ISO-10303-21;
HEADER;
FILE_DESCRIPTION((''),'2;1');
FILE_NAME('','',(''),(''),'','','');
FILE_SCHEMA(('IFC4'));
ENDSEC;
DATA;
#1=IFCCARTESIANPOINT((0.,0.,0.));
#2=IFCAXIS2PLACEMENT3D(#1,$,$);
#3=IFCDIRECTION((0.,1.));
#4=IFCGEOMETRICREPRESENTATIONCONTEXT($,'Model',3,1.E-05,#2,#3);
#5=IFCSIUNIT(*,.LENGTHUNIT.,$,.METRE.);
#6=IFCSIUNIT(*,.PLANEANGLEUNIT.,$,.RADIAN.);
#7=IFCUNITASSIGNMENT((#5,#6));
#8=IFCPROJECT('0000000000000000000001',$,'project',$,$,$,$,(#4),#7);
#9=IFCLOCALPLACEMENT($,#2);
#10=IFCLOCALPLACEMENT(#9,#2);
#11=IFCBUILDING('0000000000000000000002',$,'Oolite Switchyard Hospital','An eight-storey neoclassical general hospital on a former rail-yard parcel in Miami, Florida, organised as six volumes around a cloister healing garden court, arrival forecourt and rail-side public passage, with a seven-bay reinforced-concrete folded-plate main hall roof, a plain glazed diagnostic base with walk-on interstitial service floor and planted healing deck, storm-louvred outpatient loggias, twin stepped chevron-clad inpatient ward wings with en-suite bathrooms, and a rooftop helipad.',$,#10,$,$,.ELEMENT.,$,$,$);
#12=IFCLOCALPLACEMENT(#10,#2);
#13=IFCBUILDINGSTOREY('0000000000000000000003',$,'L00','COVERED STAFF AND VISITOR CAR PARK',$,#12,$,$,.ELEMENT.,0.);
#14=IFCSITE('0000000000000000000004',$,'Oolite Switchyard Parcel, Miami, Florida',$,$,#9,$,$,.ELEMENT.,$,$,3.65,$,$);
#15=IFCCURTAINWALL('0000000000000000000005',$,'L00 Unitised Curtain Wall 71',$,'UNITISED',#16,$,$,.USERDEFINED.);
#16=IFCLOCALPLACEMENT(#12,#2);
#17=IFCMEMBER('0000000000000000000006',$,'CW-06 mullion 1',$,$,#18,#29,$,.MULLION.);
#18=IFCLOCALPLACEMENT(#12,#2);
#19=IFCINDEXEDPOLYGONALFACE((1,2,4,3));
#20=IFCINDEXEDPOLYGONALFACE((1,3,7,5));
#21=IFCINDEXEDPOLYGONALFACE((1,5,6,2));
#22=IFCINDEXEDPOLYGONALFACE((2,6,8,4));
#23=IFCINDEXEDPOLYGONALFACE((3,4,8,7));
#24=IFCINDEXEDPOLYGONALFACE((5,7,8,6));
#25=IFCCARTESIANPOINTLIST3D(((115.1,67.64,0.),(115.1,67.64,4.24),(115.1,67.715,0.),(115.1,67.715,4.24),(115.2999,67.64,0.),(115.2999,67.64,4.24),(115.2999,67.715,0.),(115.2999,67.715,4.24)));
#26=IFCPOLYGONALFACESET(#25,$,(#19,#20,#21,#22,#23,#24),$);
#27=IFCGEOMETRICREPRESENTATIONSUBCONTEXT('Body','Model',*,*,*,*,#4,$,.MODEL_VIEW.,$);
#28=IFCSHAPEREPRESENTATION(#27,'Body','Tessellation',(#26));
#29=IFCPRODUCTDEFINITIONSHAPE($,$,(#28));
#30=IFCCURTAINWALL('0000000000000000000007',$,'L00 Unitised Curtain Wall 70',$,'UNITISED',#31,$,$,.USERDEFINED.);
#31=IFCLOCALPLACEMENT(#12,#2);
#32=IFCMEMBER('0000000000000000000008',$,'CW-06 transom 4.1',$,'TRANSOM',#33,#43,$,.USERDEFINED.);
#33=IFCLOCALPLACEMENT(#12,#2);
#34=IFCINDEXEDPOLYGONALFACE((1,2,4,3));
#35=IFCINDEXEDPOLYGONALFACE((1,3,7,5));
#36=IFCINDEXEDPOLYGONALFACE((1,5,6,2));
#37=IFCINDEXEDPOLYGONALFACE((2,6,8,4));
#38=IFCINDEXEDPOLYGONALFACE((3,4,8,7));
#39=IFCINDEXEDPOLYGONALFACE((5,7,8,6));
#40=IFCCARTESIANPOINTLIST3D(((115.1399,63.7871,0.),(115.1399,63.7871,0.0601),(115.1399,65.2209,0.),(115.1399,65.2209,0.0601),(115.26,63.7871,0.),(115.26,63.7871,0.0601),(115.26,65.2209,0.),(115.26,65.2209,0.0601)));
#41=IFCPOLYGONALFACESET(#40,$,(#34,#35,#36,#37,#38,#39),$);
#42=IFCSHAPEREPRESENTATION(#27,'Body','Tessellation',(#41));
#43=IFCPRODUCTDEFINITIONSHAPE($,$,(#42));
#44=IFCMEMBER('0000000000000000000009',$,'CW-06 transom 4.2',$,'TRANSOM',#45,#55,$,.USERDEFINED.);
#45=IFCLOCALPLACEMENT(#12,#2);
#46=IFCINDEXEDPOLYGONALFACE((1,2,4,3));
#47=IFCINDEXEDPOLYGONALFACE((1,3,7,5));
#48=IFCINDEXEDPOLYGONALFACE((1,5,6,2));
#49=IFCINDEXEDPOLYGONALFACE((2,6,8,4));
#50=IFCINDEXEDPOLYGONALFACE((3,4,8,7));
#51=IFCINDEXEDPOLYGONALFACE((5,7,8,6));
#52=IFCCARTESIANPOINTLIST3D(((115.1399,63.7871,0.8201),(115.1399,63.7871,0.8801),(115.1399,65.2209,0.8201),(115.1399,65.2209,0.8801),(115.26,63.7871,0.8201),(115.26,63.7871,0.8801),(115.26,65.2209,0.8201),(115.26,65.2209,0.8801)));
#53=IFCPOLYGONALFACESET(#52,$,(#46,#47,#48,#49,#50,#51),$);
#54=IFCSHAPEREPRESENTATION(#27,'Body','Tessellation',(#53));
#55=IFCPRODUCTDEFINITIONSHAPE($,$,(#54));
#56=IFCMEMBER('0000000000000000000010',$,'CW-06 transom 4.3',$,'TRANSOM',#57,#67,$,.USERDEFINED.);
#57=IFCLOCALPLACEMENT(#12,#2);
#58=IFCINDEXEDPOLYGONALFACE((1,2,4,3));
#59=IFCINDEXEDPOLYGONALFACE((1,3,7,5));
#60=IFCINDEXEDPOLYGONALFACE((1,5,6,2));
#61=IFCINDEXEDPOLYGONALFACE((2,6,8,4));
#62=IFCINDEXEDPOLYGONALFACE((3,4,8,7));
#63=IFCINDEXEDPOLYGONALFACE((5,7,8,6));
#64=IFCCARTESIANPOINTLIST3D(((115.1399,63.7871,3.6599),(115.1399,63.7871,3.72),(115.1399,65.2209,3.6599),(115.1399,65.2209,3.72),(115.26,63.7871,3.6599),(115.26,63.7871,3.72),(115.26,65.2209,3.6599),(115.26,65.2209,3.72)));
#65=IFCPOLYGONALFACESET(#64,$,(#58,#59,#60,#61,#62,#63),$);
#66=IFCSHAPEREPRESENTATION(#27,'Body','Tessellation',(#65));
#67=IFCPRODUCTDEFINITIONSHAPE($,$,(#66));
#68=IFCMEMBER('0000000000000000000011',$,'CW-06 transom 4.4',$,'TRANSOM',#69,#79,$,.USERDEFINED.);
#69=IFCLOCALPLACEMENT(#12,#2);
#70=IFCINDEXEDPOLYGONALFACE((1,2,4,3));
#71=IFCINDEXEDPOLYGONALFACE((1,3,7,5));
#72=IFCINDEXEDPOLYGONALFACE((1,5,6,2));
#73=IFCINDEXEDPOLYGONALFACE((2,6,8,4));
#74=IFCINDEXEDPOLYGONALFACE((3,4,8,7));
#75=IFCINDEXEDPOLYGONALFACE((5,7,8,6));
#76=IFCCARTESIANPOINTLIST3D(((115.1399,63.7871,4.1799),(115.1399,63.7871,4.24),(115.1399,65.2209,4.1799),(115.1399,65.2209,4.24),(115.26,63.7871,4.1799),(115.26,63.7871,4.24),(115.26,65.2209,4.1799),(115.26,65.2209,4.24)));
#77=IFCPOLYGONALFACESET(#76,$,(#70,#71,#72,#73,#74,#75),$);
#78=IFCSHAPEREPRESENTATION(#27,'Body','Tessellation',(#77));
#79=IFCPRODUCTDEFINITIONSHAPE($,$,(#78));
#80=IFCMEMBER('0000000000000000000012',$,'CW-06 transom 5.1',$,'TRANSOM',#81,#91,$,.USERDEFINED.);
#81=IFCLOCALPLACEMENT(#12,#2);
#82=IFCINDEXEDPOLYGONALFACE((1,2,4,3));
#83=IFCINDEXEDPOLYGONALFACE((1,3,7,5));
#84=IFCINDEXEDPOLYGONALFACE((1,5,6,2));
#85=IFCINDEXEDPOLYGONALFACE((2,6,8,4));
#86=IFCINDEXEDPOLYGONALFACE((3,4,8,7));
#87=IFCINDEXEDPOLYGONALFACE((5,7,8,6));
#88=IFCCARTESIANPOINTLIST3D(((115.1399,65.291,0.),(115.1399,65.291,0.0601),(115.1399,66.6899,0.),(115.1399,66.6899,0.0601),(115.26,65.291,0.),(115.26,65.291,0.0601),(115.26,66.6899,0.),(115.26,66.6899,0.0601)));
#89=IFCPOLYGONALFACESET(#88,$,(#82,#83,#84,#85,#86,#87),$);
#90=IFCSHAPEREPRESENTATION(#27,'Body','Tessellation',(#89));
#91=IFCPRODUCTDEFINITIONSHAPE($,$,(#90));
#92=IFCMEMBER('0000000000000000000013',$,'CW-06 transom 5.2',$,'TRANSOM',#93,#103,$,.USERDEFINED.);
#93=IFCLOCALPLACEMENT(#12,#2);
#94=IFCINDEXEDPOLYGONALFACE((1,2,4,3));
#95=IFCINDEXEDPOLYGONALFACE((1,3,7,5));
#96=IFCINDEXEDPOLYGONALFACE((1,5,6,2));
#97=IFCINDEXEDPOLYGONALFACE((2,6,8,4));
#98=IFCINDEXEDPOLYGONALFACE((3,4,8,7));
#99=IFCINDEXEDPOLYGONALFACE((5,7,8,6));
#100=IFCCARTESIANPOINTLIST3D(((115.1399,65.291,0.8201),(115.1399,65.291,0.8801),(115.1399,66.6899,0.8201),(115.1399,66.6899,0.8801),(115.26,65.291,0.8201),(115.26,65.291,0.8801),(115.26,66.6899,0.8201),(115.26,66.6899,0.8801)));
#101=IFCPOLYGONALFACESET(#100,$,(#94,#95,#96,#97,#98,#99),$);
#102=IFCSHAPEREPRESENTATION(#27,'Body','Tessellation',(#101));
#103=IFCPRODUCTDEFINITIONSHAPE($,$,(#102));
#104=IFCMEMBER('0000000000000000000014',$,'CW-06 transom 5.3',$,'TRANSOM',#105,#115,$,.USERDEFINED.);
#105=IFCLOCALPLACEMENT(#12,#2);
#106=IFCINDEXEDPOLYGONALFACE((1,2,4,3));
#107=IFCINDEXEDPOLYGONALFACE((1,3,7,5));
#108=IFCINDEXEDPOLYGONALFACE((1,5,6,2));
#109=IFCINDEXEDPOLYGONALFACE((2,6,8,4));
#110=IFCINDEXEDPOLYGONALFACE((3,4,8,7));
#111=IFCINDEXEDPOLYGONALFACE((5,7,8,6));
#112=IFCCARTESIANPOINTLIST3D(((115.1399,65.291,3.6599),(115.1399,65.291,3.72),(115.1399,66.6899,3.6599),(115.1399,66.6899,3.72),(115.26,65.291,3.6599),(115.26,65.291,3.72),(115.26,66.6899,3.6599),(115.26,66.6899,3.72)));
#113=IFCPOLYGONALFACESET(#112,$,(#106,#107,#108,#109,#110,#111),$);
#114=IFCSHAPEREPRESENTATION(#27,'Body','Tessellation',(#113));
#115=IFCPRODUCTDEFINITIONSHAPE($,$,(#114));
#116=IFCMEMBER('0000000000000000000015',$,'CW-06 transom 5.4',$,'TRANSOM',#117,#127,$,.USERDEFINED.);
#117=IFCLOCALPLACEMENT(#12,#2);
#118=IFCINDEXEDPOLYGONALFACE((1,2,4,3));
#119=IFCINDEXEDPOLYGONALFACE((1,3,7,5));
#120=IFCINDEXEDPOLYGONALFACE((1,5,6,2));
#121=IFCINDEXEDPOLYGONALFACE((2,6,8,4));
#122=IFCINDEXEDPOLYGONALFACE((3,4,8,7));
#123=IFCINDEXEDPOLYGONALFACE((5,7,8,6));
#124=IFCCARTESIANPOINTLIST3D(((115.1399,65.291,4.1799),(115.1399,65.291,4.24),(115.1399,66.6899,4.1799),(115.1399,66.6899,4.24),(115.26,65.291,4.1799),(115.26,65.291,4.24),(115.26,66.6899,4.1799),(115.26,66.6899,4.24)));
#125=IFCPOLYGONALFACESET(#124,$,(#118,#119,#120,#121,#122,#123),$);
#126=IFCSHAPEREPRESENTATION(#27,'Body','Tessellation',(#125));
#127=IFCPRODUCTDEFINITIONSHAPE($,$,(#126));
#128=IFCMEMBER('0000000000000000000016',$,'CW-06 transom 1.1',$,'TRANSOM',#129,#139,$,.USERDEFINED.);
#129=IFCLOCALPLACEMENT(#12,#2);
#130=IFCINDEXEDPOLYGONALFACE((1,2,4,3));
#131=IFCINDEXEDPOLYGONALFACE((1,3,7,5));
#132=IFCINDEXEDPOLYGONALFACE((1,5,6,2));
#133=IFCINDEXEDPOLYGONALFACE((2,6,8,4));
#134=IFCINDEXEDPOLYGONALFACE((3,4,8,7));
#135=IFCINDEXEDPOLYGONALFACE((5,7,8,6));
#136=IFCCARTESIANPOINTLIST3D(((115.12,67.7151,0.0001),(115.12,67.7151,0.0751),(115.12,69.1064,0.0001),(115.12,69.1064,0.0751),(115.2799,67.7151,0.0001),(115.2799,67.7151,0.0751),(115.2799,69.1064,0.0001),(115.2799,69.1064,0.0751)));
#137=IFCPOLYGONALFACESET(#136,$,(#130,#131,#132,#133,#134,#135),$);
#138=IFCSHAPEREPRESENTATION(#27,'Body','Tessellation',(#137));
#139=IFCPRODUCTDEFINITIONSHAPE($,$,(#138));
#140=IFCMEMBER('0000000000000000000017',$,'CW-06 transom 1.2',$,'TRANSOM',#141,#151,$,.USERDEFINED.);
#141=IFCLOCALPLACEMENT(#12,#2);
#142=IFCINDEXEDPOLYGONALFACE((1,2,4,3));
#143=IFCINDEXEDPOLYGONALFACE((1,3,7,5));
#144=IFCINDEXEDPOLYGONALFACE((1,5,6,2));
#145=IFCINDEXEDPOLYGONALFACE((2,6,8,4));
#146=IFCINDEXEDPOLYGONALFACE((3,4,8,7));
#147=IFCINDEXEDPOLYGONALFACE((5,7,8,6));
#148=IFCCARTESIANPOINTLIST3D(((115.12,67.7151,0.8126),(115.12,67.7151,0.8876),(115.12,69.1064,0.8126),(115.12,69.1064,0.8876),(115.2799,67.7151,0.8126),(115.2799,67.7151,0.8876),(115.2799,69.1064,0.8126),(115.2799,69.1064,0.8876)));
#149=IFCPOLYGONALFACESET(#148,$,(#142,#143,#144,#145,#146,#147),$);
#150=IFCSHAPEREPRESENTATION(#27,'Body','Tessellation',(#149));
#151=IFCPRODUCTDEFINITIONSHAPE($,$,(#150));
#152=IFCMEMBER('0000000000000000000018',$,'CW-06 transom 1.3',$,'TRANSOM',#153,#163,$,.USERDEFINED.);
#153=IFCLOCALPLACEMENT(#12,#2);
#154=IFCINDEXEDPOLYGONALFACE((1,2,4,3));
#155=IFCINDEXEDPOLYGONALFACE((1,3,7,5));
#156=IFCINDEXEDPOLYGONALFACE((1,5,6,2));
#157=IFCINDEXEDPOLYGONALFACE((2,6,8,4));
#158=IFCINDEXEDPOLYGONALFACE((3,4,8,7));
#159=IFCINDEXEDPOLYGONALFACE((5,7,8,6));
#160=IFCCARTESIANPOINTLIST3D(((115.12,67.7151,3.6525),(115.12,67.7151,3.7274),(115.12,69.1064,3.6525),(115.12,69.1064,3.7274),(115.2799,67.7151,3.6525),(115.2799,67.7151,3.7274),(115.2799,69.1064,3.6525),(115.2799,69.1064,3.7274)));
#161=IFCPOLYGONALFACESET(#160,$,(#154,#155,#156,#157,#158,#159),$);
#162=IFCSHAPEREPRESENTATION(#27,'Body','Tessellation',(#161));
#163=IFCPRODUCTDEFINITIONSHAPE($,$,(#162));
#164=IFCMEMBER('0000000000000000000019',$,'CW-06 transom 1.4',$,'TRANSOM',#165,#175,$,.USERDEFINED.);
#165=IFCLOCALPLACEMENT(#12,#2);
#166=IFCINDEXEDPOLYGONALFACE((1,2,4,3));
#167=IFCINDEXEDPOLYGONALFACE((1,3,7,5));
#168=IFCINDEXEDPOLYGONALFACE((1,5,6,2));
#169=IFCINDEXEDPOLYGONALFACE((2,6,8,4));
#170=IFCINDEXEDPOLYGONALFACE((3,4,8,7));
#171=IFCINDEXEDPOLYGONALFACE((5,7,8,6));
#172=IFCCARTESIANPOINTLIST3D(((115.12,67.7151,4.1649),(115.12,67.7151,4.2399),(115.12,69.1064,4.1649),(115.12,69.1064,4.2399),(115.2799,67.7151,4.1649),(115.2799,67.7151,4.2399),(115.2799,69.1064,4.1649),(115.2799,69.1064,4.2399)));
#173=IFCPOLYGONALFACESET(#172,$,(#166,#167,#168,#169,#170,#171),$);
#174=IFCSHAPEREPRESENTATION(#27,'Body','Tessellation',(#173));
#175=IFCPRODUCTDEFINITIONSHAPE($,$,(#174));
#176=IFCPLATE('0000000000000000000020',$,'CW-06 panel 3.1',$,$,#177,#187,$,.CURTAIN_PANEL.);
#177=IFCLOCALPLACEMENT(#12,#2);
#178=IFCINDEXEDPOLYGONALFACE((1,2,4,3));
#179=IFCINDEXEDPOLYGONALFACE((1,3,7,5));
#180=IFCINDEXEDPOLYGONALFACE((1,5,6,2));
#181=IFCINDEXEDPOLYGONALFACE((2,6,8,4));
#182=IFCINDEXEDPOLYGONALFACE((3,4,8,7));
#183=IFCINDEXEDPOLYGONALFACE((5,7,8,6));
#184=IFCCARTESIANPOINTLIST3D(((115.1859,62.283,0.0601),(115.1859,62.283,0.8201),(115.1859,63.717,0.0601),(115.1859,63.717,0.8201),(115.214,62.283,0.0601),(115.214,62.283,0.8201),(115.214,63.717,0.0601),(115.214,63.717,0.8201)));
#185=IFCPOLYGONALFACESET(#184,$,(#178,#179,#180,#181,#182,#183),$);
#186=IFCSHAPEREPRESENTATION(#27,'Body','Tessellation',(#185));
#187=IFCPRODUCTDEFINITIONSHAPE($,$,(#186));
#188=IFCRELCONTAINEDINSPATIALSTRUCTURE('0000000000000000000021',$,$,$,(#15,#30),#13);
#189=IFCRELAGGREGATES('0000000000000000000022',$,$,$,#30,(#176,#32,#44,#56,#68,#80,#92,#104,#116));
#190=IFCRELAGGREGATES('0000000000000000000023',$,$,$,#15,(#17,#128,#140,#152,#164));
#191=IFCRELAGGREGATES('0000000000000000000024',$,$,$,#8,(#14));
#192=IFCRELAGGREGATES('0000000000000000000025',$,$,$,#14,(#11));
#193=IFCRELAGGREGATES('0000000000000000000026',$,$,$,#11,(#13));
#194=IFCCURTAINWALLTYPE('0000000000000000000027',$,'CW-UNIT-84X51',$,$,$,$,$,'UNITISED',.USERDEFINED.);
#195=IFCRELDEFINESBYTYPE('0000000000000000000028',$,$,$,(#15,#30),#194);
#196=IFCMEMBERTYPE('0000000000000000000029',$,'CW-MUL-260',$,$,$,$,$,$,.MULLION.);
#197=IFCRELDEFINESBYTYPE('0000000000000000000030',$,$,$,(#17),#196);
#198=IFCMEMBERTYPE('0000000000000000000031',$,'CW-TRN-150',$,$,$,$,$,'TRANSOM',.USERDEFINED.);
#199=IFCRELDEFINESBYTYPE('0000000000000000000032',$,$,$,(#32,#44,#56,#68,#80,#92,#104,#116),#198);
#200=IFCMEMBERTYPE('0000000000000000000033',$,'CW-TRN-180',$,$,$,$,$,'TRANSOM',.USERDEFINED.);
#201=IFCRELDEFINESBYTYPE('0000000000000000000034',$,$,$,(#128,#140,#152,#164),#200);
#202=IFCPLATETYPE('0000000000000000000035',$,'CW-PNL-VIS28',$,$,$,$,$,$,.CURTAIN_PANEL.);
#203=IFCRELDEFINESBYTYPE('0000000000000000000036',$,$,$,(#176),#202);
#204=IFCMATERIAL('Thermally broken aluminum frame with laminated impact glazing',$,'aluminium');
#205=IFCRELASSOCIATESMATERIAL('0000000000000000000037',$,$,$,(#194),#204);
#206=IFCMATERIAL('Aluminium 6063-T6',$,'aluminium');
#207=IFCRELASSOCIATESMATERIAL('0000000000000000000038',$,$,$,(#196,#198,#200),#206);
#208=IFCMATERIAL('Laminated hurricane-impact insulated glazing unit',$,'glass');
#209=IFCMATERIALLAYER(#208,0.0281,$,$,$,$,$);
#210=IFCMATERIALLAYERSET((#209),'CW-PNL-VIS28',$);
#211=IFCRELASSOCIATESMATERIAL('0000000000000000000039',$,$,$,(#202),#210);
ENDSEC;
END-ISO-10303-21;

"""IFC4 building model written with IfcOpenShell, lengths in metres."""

from ifc_helpers import new_model, si_unit, direction, frame, origin, origin_2d, place, context, subcontext, project, spatial, rectangle, extrude, material, layer, layer_set, material_profile, profile_set, type_object, element, aggregate, save


model = new_model("IFC4")

# Units and contexts
model_context = context("Model", 3, precision=1e-05, world=origin(), true_north=direction((0.0, 1.0)))
body_context = subcontext(model_context, "Body", "Model", "MODEL_VIEW")
ifc_project = project(units=[si_unit("LENGTHUNIT", "METRE"), si_unit("PLANEANGLEUNIT", "RADIAN")], contexts=[model_context])

# Site, building, storey
site_placement = place(None, origin())
site = spatial("IfcSite", under=ifc_project, at=site_placement, Name="Oolite Switchyard Parcel, Miami, Florida", CompositionType="ELEMENT", RefElevation=3.65)
building_placement = place(site_placement, origin())
building = spatial("IfcBuilding", under=site, at=building_placement, Name="Oolite Switchyard Hospital", Description="An eight-storey neoclassical general hospital on a former rail-yard parcel in Miami, Florida, organised as six volumes around a cloister healing garden court, arrival forecourt and rail-side public passage, with a seven-bay reinforced-concrete folded-plate main hall roof, a plain glazed diagnostic base with walk-on interstitial service floor and planted healing deck, storm-louvred outpatient loggias, twin stepped chevron-clad inpatient ward wings with en-suite bathrooms, and a rooftop helipad.", CompositionType="ELEMENT")
storey_placement = place(building_placement, origin())
storey = spatial("IfcBuildingStorey", under=building, at=storey_placement, Name="L00", Description="COVERED STAFF AND VISITOR CAR PARK", CompositionType="ELEMENT", Elevation=0.0)

# Curtain wall, member
ifc_material_1 = material(Name="Thermally broken aluminum frame with laminated impact glazing", Category="aluminium")
curtain_wall_type = type_object("IfcCurtainWallType", Name="CW-UNIT-84X51", ElementType="UNITISED", PredefinedType="USERDEFINED", material=ifc_material_1)
curtain_wall_1_placement = place(storey_placement, origin())
curtain_wall_1 = element("IfcCurtainWall", 1, at=curtain_wall_1_placement, inside=storey, type_object=curtain_wall_type, Name="L00 Unitised Curtain Wall 71", ObjectType="UNITISED", PredefinedType="USERDEFINED")
ifc_material_2 = material(Name="Aluminium 6063-T6", Category="aluminium")
ifc_material_profile_1 = material_profile(ifc_material_2, rectangle(XDim=0.2, YDim=0.075, at=origin_2d()), Name="CWM75X200")
ifc_profile_set_1 = profile_set([ifc_material_profile_1], Name="Aluminium 6063-T6")
member_type_1 = type_object("IfcMemberType", Name="CW-MUL-260", PredefinedType="MULLION", material=ifc_profile_set_1)
member_1_placement = place(storey_placement, frame((115.2, 67.6775, 0.0), z_axis=(0.0, 0.0, 1.0), x_axis=(-1.0, 0.0, 0.0)))
member_1 = element("IfcMember", 2, at=member_1_placement, type_object=member_type_1, Name="CW-06 mullion 1", PredefinedType="MULLION", context=body_context, shape_type="SweptSolid", body=[
    extrude(rectangle(XDim=0.2, YDim=0.075, at=origin_2d()), origin(), (0.0, 0.0, 1.0), 4.24),
])

# Curtain wall, members
curtain_wall_2_placement = place(storey_placement, origin())
curtain_wall_2 = element("IfcCurtainWall", 3, at=curtain_wall_2_placement, inside=storey, type_object=curtain_wall_type, Name="L00 Unitised Curtain Wall 70", ObjectType="UNITISED", PredefinedType="USERDEFINED")
ifc_material_profile_2 = material_profile(ifc_material_2, rectangle(XDim=0.1201, YDim=0.0601, at=origin_2d()), Name="CWT60X120")
ifc_profile_set_2 = profile_set([ifc_material_profile_2], Name="Aluminium 6063-T6")
member_type_2 = type_object("IfcMemberType", Name="CW-TRN-150", ElementType="TRANSOM", PredefinedType="USERDEFINED", material=ifc_profile_set_2)
member_2_placement = place(storey_placement, frame((115.2, 63.7871, 0.03), z_axis=(0.0, 1.0, 0.0), x_axis=(-1.0, 0.0, 0.0)))
member_2 = element("IfcMember", 4, at=member_2_placement, type_object=member_type_2, Name="CW-06 transom 4.1", ObjectType="TRANSOM", PredefinedType="USERDEFINED", context=body_context, shape_type="SweptSolid", body=[
    extrude(rectangle(XDim=0.1201, YDim=0.0601, at=origin_2d()), origin(), (0.0, 0.0, 1.0), 1.4338),
])
member_3_placement = place(storey_placement, frame((115.2, 63.7871, 0.8501), z_axis=(0.0, 1.0, 0.0), x_axis=(-1.0, 0.0, 0.0)))
member_3 = element("IfcMember", 5, at=member_3_placement, type_object=member_type_2, Name="CW-06 transom 4.2", ObjectType="TRANSOM", PredefinedType="USERDEFINED", context=body_context, shape_type="SweptSolid", body=[
    extrude(rectangle(XDim=0.1201, YDim=0.0601, at=origin_2d()), origin(), (0.0, 0.0, 1.0), 1.4338),
])
member_4_placement = place(storey_placement, frame((115.2, 63.7871, 3.6899), z_axis=(0.0, 1.0, 0.0), x_axis=(-1.0, 0.0, 0.0)))
member_4 = element("IfcMember", 6, at=member_4_placement, type_object=member_type_2, Name="CW-06 transom 4.3", ObjectType="TRANSOM", PredefinedType="USERDEFINED", context=body_context, shape_type="SweptSolid", body=[
    extrude(rectangle(XDim=0.1201, YDim=0.0601, at=origin_2d()), origin(), (0.0, 0.0, 1.0), 1.4338),
])
member_5_placement = place(storey_placement, frame((115.2, 63.7871, 4.21), z_axis=(0.0, 1.0, 0.0), x_axis=(-1.0, 0.0, 0.0)))
member_5 = element("IfcMember", 7, at=member_5_placement, type_object=member_type_2, Name="CW-06 transom 4.4", ObjectType="TRANSOM", PredefinedType="USERDEFINED", context=body_context, shape_type="SweptSolid", body=[
    extrude(rectangle(XDim=0.1201, YDim=0.0601, at=origin_2d()), origin(), (0.0, 0.0, 1.0), 1.4338),
])
member_6_placement = place(storey_placement, frame((115.2, 65.291, 0.03), z_axis=(0.0, 1.0, 0.0), x_axis=(-1.0, 0.0, 0.0)))
member_6 = element("IfcMember", 8, at=member_6_placement, type_object=member_type_2, Name="CW-06 transom 5.1", ObjectType="TRANSOM", PredefinedType="USERDEFINED", context=body_context, shape_type="SweptSolid", body=[
    extrude(rectangle(XDim=0.1201, YDim=0.0601, at=origin_2d()), origin(), (0.0, 0.0, 1.0), 1.3989),
])
member_7_placement = place(storey_placement, frame((115.2, 65.291, 0.8501), z_axis=(0.0, 1.0, 0.0), x_axis=(-1.0, 0.0, 0.0)))
member_7 = element("IfcMember", 9, at=member_7_placement, type_object=member_type_2, Name="CW-06 transom 5.2", ObjectType="TRANSOM", PredefinedType="USERDEFINED", context=body_context, shape_type="SweptSolid", body=[
    extrude(rectangle(XDim=0.1201, YDim=0.0601, at=origin_2d()), origin(), (0.0, 0.0, 1.0), 1.3989),
])
member_8_placement = place(storey_placement, frame((115.2, 65.291, 3.6899), z_axis=(0.0, 1.0, 0.0), x_axis=(-1.0, 0.0, 0.0)))
member_8 = element("IfcMember", 10, at=member_8_placement, type_object=member_type_2, Name="CW-06 transom 5.3", ObjectType="TRANSOM", PredefinedType="USERDEFINED", context=body_context, shape_type="SweptSolid", body=[
    extrude(rectangle(XDim=0.1201, YDim=0.0601, at=origin_2d()), origin(), (0.0, 0.0, 1.0), 1.3989),
])
member_9_placement = place(storey_placement, frame((115.2, 65.291, 4.21), z_axis=(0.0, 1.0, 0.0), x_axis=(-1.0, 0.0, 0.0)))
member_9 = element("IfcMember", 11, at=member_9_placement, type_object=member_type_2, Name="CW-06 transom 5.4", ObjectType="TRANSOM", PredefinedType="USERDEFINED", context=body_context, shape_type="SweptSolid", body=[
    extrude(rectangle(XDim=0.1201, YDim=0.0601, at=origin_2d()), origin(), (0.0, 0.0, 1.0), 1.3989),
])

# Members
ifc_material_profile_3 = material_profile(ifc_material_2, rectangle(XDim=0.1599, YDim=0.075, at=origin_2d()), Name="CWT75X160")
ifc_profile_set_3 = profile_set([ifc_material_profile_3], Name="Aluminium 6063-T6")
member_type_3 = type_object("IfcMemberType", Name="CW-TRN-180", ElementType="TRANSOM", PredefinedType="USERDEFINED", material=ifc_profile_set_3)
member_10_placement = place(storey_placement, frame((115.2, 67.7151, 0.0376), z_axis=(0.0, 1.0, 0.0), x_axis=(-1.0, 0.0, 0.0)))
member_10 = element("IfcMember", 12, at=member_10_placement, type_object=member_type_3, Name="CW-06 transom 1.1", ObjectType="TRANSOM", PredefinedType="USERDEFINED", context=body_context, shape_type="SweptSolid", body=[
    extrude(rectangle(XDim=0.1599, YDim=0.075, at=origin_2d()), origin(), (0.0, 0.0, 1.0), 1.3914),
])
member_11_placement = place(storey_placement, frame((115.2, 67.7151, 0.8501), z_axis=(0.0, 1.0, 0.0), x_axis=(-1.0, 0.0, 0.0)))
member_11 = element("IfcMember", 13, at=member_11_placement, type_object=member_type_3, Name="CW-06 transom 1.2", ObjectType="TRANSOM", PredefinedType="USERDEFINED", context=body_context, shape_type="SweptSolid", body=[
    extrude(rectangle(XDim=0.1599, YDim=0.075, at=origin_2d()), origin(), (0.0, 0.0, 1.0), 1.3914),
])
member_12_placement = place(storey_placement, frame((115.2, 67.7151, 3.6899), z_axis=(0.0, 1.0, 0.0), x_axis=(-1.0, 0.0, 0.0)))
member_12 = element("IfcMember", 14, at=member_12_placement, type_object=member_type_3, Name="CW-06 transom 1.3", ObjectType="TRANSOM", PredefinedType="USERDEFINED", context=body_context, shape_type="SweptSolid", body=[
    extrude(rectangle(XDim=0.1599, YDim=0.075, at=origin_2d()), origin(), (0.0, 0.0, 1.0), 1.3914),
])
member_13_placement = place(storey_placement, frame((115.2, 67.7151, 4.2024), z_axis=(0.0, 1.0, 0.0), x_axis=(-1.0, 0.0, 0.0)))
member_13 = element("IfcMember", 15, at=member_13_placement, type_object=member_type_3, Name="CW-06 transom 1.4", ObjectType="TRANSOM", PredefinedType="USERDEFINED", context=body_context, shape_type="SweptSolid", body=[
    extrude(rectangle(XDim=0.1599, YDim=0.075, at=origin_2d()), origin(), (0.0, 0.0, 1.0), 1.3914),
])

# Plate
ifc_material_3 = material(Name="Laminated hurricane-impact insulated glazing unit", Category="glass")
ifc_layer_1 = layer(ifc_material_3, 0.0281)
ifc_layer_set_1 = layer_set([ifc_layer_1], Name="CW-PNL-VIS28")
plate_type_1 = type_object("IfcPlateType", Name="CW-PNL-VIS28", PredefinedType="CURTAIN_PANEL", material=ifc_layer_set_1)
plate_1_placement = place(storey_placement, frame((115.2, 63.0, 0.0601), z_axis=(0.0, 0.0, 1.0), x_axis=(0.0, 1.0, 0.0)))
plate_1 = element("IfcPlate", 16, at=plate_1_placement, type_object=plate_type_1, Name="CW-06 panel 3.1", PredefinedType="CURTAIN_PANEL", context=body_context, shape_type="SweptSolid", body=[
    extrude(rectangle(XDim=1.4341, YDim=0.0281, at=origin_2d()), origin(), (0.0, 0.0, 1.0), 0.76),
])
aggregate(curtain_wall_2, [plate_1, member_2, member_3, member_4, member_5, member_6, member_7, member_8, member_9])
aggregate(curtain_wall_1, [member_1, member_10, member_11, member_12, member_13])

save(model, "model.ifc")
